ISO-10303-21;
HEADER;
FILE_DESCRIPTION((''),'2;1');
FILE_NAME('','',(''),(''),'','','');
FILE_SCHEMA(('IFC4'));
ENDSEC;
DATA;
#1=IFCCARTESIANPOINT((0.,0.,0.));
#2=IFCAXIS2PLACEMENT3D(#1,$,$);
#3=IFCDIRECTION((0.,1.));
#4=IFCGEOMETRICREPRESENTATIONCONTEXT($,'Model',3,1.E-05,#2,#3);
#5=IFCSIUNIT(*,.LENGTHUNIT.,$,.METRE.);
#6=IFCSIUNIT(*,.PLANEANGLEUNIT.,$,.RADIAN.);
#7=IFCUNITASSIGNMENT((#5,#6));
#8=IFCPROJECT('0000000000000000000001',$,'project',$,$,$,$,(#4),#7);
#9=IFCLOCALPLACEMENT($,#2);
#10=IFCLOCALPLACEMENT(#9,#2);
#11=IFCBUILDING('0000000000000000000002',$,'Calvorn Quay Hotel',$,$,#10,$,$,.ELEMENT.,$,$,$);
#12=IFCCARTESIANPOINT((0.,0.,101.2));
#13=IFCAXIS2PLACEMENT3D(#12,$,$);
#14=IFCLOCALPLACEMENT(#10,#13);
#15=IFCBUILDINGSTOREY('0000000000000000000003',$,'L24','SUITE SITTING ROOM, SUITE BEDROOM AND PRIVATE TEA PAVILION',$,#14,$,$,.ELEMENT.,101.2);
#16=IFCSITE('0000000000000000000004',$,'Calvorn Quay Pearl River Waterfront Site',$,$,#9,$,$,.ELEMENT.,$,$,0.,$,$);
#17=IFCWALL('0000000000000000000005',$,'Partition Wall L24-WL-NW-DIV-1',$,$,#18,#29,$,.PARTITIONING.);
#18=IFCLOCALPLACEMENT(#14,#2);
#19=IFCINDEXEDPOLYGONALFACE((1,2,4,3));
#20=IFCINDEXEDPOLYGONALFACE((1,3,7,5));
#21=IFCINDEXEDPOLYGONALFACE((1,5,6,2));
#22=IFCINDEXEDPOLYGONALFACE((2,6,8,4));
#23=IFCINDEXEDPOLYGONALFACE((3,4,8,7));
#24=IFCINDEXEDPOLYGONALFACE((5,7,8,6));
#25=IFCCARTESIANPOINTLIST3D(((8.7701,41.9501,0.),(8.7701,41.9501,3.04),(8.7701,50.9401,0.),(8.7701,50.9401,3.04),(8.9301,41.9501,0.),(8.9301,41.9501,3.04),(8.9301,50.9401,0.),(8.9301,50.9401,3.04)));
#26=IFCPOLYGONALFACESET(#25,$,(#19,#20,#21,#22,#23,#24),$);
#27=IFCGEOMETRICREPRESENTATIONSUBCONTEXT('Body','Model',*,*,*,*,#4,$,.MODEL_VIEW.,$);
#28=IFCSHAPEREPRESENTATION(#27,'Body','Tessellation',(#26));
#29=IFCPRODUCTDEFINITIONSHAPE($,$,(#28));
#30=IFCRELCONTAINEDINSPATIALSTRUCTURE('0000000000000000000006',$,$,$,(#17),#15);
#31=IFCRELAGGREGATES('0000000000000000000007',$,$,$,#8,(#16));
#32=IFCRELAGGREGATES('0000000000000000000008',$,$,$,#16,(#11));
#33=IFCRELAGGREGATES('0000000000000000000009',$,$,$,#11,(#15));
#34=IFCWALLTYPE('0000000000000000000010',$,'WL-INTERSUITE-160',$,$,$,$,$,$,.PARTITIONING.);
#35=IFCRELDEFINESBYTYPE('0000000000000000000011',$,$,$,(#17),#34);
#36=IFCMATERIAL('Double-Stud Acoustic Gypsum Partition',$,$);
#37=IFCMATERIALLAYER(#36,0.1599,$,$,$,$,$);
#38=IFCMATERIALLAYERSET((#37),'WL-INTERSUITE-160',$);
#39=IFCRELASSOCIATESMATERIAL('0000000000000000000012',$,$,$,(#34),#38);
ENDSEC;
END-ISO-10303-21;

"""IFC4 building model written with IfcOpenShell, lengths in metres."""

from ifc_helpers import new_model, si_unit, direction, frame, frame_2d, origin, place, context, subcontext, project, spatial, rectangle, extrude, material, layer, layer_set, type_object, element, save


model = new_model("IFC4")

# Units and contexts
model_context = context("Model", 3, precision=1e-05, world=origin(), true_north=direction((0.0, 1.0)))
body_context = subcontext(model_context, "Body", "Model", "MODEL_VIEW")
ifc_project = project(units=[si_unit("LENGTHUNIT", "METRE"), si_unit("PLANEANGLEUNIT", "RADIAN")], contexts=[model_context])

# Site, building, storey
site_placement = place(None, origin())
site = spatial("IfcSite", under=ifc_project, at=site_placement, Name="Calvorn Quay Pearl River Waterfront Site", CompositionType="ELEMENT", RefElevation=0.0)
building_placement = place(site_placement, origin())
building = spatial("IfcBuilding", under=site, at=building_placement, Name="Calvorn Quay Hotel", CompositionType="ELEMENT")
storey_placement = place(building_placement, frame((0.0, 0.0, 101.2)))
storey = spatial("IfcBuildingStorey", under=building, at=storey_placement, Name="L24", Description="SUITE SITTING ROOM, SUITE BEDROOM AND PRIVATE TEA PAVILION", CompositionType="ELEMENT", Elevation=101.2)

# Wall
ifc_material_1 = material(Name="Double-Stud Acoustic Gypsum Partition")
ifc_layer_1 = layer(ifc_material_1, 0.1599)
ifc_layer_set_1 = layer_set([ifc_layer_1], Name="WL-INTERSUITE-160")
wall_type_1 = type_object("IfcWallType", Name="WL-INTERSUITE-160", PredefinedType="PARTITIONING", material=ifc_layer_set_1)
wall_1_placement = place(storey_placement, frame((8.8501, 41.95, 0.0), z_axis=(0.0, 0.0, 1.0), x_axis=(0.0, 1.0, 0.0)))
element("IfcWall", 1, at=wall_1_placement, inside=storey, type_object=wall_type_1, Name="Partition Wall L24-WL-NW-DIV-1", PredefinedType="PARTITIONING", context=body_context, shape_type="SweptSolid", body=[
    extrude(rectangle(XDim=8.99, YDim=0.1599, at=frame_2d((4.4951, 0.0))), origin(), (0.0, 0.0, 1.0), 3.04),
])

save(model, "model.ifc")
